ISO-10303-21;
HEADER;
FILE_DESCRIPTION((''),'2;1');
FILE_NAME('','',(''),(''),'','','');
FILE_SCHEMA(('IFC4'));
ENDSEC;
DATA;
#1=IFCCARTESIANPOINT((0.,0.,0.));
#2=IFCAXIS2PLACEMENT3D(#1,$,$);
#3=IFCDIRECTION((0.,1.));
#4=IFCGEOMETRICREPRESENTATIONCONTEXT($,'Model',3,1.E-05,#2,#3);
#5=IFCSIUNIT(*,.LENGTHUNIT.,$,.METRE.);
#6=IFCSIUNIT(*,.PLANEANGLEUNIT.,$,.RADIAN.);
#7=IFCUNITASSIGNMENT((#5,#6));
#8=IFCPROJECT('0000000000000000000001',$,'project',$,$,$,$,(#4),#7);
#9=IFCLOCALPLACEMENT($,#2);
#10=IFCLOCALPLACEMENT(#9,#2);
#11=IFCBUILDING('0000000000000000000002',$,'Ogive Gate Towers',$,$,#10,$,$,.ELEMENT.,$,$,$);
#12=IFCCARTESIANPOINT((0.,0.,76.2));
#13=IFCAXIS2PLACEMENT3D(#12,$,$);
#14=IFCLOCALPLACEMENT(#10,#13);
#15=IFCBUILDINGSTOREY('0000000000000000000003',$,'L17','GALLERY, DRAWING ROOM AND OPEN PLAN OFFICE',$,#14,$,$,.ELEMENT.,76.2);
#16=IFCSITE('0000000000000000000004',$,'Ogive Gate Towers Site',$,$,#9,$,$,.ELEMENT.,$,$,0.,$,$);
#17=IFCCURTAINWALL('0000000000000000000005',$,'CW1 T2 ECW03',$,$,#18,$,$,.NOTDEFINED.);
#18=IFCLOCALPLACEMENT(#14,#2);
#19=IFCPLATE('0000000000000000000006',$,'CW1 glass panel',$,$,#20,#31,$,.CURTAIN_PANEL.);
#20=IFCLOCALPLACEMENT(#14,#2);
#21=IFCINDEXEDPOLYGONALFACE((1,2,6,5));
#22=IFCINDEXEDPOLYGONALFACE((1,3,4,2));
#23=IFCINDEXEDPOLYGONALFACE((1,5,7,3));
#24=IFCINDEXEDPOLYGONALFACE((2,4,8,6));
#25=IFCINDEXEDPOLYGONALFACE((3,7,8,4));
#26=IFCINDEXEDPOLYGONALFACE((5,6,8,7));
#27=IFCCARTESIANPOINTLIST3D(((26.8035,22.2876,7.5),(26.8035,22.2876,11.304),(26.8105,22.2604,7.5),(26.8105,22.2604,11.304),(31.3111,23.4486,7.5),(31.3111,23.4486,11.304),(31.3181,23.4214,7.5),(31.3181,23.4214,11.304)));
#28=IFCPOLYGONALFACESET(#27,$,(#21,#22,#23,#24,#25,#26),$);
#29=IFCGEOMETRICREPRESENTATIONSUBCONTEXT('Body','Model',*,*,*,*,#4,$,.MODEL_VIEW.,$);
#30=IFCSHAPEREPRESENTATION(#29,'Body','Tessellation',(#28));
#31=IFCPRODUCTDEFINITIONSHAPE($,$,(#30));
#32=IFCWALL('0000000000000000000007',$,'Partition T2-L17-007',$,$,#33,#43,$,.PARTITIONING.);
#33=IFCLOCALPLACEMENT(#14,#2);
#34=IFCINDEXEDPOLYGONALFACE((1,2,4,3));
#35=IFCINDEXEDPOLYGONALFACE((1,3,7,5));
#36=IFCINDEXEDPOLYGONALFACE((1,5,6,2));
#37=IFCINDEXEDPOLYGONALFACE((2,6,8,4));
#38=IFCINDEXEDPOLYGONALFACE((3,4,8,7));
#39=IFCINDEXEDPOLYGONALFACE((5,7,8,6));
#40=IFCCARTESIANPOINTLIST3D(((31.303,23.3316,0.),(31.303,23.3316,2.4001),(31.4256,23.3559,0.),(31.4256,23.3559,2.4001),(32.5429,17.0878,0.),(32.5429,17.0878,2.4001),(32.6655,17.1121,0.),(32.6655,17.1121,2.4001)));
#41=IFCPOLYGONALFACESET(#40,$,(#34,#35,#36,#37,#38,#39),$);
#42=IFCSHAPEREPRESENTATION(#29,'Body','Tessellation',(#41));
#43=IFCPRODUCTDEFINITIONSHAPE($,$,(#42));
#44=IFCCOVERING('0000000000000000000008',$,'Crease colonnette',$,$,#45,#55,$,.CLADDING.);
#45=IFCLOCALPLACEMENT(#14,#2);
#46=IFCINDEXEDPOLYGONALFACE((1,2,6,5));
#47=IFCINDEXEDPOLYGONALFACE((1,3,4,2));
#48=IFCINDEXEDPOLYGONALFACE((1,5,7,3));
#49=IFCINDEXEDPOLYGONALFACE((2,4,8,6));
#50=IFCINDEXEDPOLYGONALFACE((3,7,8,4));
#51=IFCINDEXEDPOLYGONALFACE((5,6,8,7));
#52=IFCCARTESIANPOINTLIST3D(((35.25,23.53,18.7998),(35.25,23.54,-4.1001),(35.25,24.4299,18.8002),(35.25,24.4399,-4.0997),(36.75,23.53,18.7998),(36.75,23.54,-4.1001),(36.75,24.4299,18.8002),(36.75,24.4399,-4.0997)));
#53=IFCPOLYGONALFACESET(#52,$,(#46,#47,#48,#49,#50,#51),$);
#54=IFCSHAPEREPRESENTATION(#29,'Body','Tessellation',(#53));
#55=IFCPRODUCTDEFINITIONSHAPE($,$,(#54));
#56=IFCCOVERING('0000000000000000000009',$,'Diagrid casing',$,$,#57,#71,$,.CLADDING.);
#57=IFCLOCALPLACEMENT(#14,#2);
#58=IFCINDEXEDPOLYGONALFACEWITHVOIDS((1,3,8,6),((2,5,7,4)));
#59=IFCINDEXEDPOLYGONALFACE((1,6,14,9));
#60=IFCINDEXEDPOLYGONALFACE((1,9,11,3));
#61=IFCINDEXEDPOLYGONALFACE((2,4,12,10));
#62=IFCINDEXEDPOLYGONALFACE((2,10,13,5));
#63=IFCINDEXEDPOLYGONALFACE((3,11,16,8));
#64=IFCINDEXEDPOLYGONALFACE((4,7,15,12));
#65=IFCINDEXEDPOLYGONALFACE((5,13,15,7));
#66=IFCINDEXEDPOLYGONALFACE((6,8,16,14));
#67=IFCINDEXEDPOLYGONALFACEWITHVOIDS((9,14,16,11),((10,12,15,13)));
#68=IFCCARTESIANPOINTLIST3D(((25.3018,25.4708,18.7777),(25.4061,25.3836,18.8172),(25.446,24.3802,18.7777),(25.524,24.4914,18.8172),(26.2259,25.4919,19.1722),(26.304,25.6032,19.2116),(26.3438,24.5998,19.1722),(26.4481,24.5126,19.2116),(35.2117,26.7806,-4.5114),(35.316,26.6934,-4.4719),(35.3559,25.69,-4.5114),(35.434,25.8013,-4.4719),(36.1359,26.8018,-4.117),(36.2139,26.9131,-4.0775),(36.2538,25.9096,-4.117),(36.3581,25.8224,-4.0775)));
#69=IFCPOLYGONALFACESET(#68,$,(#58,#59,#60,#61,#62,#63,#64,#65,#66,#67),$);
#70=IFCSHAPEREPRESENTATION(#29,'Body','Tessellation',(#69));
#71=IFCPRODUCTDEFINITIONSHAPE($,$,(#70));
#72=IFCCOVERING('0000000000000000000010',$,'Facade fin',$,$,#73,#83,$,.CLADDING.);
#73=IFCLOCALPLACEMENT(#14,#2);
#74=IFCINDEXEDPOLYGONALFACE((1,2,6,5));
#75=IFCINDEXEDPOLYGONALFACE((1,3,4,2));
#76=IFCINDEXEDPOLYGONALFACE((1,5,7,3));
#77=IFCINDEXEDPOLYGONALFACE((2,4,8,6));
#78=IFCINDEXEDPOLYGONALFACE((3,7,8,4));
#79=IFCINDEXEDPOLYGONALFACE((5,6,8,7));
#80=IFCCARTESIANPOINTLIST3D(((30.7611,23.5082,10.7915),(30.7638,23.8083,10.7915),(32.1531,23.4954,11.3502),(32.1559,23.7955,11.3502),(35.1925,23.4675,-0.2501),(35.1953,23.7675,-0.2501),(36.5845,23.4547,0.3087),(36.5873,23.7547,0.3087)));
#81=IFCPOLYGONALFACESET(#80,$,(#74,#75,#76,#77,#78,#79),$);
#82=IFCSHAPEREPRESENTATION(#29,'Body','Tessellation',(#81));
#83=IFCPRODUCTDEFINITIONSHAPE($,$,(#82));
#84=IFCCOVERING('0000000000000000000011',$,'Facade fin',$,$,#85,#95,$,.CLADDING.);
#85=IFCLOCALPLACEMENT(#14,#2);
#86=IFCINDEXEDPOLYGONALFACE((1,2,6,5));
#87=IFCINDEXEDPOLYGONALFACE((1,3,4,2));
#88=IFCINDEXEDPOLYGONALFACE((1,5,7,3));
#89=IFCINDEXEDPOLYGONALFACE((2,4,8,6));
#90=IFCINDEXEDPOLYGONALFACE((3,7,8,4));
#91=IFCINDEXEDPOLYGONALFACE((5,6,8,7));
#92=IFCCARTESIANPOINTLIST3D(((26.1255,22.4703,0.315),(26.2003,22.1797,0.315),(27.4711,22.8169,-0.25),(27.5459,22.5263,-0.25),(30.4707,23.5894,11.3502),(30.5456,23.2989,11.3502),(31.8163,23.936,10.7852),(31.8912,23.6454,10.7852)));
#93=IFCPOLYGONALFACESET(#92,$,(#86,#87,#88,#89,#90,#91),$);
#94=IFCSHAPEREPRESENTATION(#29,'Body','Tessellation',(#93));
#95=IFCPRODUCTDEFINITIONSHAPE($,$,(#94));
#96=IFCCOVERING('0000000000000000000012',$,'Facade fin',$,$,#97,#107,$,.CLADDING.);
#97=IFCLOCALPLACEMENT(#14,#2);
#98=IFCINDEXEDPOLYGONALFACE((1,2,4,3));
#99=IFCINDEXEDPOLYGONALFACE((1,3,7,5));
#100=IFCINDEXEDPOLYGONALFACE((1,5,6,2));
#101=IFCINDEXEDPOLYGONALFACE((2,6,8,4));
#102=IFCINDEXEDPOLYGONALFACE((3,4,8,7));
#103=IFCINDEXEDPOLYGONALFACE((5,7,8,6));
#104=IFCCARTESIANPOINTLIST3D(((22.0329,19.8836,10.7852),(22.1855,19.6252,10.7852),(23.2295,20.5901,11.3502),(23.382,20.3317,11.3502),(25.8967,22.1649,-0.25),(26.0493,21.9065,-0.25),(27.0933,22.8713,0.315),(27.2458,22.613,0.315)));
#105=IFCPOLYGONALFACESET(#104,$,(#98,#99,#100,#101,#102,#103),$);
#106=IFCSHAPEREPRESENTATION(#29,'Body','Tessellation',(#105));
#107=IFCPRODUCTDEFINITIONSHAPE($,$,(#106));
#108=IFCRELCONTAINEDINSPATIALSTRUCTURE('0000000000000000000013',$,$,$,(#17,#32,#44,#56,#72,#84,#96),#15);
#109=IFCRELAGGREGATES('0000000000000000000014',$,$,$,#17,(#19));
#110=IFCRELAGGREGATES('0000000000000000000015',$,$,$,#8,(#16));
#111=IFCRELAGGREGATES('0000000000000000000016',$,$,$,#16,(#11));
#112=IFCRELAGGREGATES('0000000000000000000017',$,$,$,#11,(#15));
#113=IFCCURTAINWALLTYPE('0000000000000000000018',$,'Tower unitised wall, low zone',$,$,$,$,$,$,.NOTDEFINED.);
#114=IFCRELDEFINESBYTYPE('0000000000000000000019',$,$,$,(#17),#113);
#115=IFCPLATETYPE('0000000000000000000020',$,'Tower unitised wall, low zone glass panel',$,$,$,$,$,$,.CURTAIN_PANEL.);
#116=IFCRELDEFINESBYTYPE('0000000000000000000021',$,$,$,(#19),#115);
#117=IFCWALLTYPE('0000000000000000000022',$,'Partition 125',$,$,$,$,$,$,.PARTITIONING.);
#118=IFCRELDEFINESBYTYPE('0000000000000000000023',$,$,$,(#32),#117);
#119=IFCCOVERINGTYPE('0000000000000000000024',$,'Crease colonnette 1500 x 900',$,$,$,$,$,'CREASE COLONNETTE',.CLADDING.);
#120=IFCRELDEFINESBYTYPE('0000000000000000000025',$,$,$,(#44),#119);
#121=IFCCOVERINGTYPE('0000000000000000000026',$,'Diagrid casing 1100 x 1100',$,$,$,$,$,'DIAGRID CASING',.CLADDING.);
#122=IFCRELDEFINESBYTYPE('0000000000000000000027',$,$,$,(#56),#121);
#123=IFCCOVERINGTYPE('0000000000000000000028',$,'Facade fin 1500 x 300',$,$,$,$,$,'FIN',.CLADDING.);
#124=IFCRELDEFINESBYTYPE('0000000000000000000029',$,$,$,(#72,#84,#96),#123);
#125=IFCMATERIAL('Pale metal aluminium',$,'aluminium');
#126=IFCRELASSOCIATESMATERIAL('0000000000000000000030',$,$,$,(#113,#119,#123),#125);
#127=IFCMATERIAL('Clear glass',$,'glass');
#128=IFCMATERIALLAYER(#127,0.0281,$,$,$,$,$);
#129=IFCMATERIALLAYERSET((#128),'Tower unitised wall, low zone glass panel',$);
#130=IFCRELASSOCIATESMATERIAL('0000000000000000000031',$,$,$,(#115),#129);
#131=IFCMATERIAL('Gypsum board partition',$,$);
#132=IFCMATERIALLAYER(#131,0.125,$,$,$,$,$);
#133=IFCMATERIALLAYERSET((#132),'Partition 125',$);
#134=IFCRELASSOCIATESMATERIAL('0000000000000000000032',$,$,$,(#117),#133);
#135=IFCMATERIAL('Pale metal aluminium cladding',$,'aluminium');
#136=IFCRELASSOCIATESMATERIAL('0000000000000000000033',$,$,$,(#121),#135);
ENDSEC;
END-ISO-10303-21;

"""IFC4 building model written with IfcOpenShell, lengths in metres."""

from ifc_helpers import new_model, si_unit, direction, frame, frame_2d, origin, origin_2d, place, context, subcontext, project, spatial, rectangle, hollow_rectangle, extrude, material, layer, layer_set, material_profile, profile_set, type_object, element, aggregate, save


model = new_model("IFC4")

# Units and contexts
model_context = context("Model", 3, precision=1e-05, world=origin(), true_north=direction((0.0, 1.0)))
body_context = subcontext(model_context, "Body", "Model", "MODEL_VIEW")
ifc_project = project(units=[si_unit("LENGTHUNIT", "METRE"), si_unit("PLANEANGLEUNIT", "RADIAN")], contexts=[model_context])

# Site, building, storey
site_placement = place(None, origin())
site = spatial("IfcSite", under=ifc_project, at=site_placement, Name="Ogive Gate Towers Site", CompositionType="ELEMENT", RefElevation=0.0)
building_placement = place(site_placement, origin())
building = spatial("IfcBuilding", under=site, at=building_placement, Name="Ogive Gate Towers", CompositionType="ELEMENT")
storey_placement = place(building_placement, frame((0.0, 0.0, 76.2)))
storey = spatial("IfcBuildingStorey", under=building, at=storey_placement, Name="L17", Description="GALLERY, DRAWING ROOM AND OPEN PLAN OFFICE", CompositionType="ELEMENT", Elevation=76.2)

# Curtain wall, plate
ifc_material_1 = material(Name="Pale metal aluminium", Category="aluminium")
curtain_wall_type = type_object("IfcCurtainWallType", Name="Tower unitised wall, low zone", PredefinedType="NOTDEFINED", material=ifc_material_1)
curtain_wall_placement = place(storey_placement, origin())
curtain_wall = element("IfcCurtainWall", 1, at=curtain_wall_placement, inside=storey, type_object=curtain_wall_type, Name="CW1 T2 ECW03", PredefinedType="NOTDEFINED")
ifc_material_2 = material(Name="Clear glass", Category="glass")
ifc_layer_1 = layer(ifc_material_2, 0.0281)
ifc_layer_set_1 = layer_set([ifc_layer_1], Name="Tower unitised wall, low zone glass panel")
plate_type = type_object("IfcPlateType", Name="Tower unitised wall, low zone glass panel", PredefinedType="CURTAIN_PANEL", material=ifc_layer_set_1)
plate_1_placement = place(storey_placement, frame((29.0608, 22.8545, 7.5), z_axis=(0.0, 0.0, 1.0), x_axis=(-0.968396, -0.249417, 0.0)))
plate_1 = element("IfcPlate", 2, at=plate_1_placement, type_object=plate_type, Name="CW1 glass panel", PredefinedType="CURTAIN_PANEL", context=body_context, shape_type="SweptSolid", body=[
    extrude(rectangle(XDim=4.6548, YDim=0.0281, at=origin_2d()), origin(), (0.0, 0.0, 1.0), 3.804),
])
aggregate(curtain_wall, [plate_1])

# Wall
ifc_material_3 = material(Name="Gypsum board partition")
ifc_layer_2 = layer(ifc_material_3, 0.125)
ifc_layer_set_2 = layer_set([ifc_layer_2], Name="Partition 125")
wall_type = type_object("IfcWallType", Name="Partition 125", PredefinedType="PARTITIONING", material=ifc_layer_set_2)
wall_placement = place(storey_placement, frame((31.3643, 23.3438, 0.0), z_axis=(0.0, 0.0, 1.0), x_axis=(0.194788, -0.980845, 0.0)))
element("IfcWall", 3, at=wall_placement, inside=storey, type_object=wall_type, Name="Partition T2-L17-007", PredefinedType="PARTITIONING", context=body_context, shape_type="SweptSolid", body=[
    extrude(rectangle(XDim=6.3657, YDim=0.125, at=frame_2d((3.1829, 0.0))), origin(), (0.0, 0.0, 1.0), 2.4001),
])

# Coverings
ifc_material_profile_1 = material_profile(ifc_material_1, rectangle(XDim=1.5, YDim=0.8999, at=origin_2d()), Name="1500 x 900 pale metal aluminium")
ifc_profile_set_1 = profile_set([ifc_material_profile_1], Name="Pale metal aluminium")
covering_type_1 = type_object("IfcCoveringType", Name="Crease colonnette 1500 x 900", ElementType="CREASE COLONNETTE", PredefinedType="CLADDING", material=ifc_profile_set_1)
covering_1_placement = place(storey_placement, frame((36.0, 23.99, -4.0999), z_axis=(0.0, -0.000437, 1.0), x_axis=(1.0, 0.0, 0.0)))
element("IfcCovering", 4, at=covering_1_placement, inside=storey, type_object=covering_type_1, Name="Crease colonnette", PredefinedType="CLADDING", context=body_context, shape_type="SweptSolid", body=[
    extrude(rectangle(XDim=1.5, YDim=0.8999, at=origin_2d()), origin(), (0.0, 0.0, 1.0), 22.8999),
])
ifc_material_4 = material(Name="Pale metal aluminium cladding", Category="aluminium")
ifc_material_profile_2 = material_profile(ifc_material_4, hollow_rectangle(XDim=1.1001, YDim=1.1001, WallThickness=0.1001, at=origin_2d()), Name="1100 x 1100 pale metal casing")
ifc_profile_set_2 = profile_set([ifc_material_profile_2], Name="Pale metal aluminium cladding")
covering_type_2 = type_object("IfcCoveringType", Name="Diagrid casing 1100 x 1100", ElementType="DIAGRID CASING", PredefinedType="CLADDING", material=ifc_profile_set_2)
covering_2_placement = place(storey_placement, frame((35.7849, 26.3015, -4.2944), z_axis=(-0.391021, -0.051682, 0.91893), x_axis=(0.131033, -0.991378, 0.0)))
element("IfcCovering", 5, at=covering_2_placement, inside=storey, type_object=covering_type_2, Name="Diagrid casing", PredefinedType="CLADDING", context=body_context, shape_type="SweptSolid", body=[
    extrude(hollow_rectangle(XDim=1.1001, YDim=1.1001, WallThickness=0.1001, at=origin_2d()), origin(), (0.0, 0.0, 1.0), 25.3438),
])
ifc_material_profile_3 = material_profile(ifc_material_1, rectangle(XDim=0.3, YDim=1.5, at=origin_2d()), Name="1500 x 300 pale metal aluminium")
ifc_profile_set_3 = profile_set([ifc_material_profile_3], Name="Pale metal aluminium")
covering_type_3 = type_object("IfcCoveringType", Name="Facade fin 1500 x 300", ElementType="FIN", PredefinedType="CLADDING", material=ifc_profile_set_3)
covering_3_placement = place(storey_placement, frame((35.8899, 23.6111, 0.0293), z_axis=(-0.37246, 0.003427, 0.928042), x_axis=(-0.0092, -0.999958, 0.0)))
element("IfcCovering", 6, at=covering_3_placement, inside=storey, type_object=covering_type_3, Name="Facade fin", PredefinedType="CLADDING", context=body_context, shape_type="SweptSolid", body=[
    extrude(rectangle(XDim=0.3, YDim=1.5, at=origin_2d()), origin(), (0.0, 0.0, 1.0), 11.8977),
])
for number, where, z_axis, x_axis, name in (
    (7, (26.8357, 22.4983, 0.0325), (0.36476, 0.093947, 0.92635), (-0.249417, 0.968396, 0.0), "Facade fin"),
    (8, (26.5713, 22.3889, 0.0325), (-0.324346, -0.191501, 0.926352), (0.508418, -0.861111, 0.0), "Facade fin"),
):
    element("IfcCovering", number, at=place(storey_placement, frame(where, z_axis=z_axis, x_axis=x_axis)), inside=storey, type_object=covering_type_3, Name=name, PredefinedType="CLADDING", context=body_context, shape_type="SweptSolid", body=[
        extrude(rectangle(XDim=0.3, YDim=1.5, at=origin_2d()), origin(), (0.0, 0.0, 1.0), 11.9126),
    ])

save(model, "model.ifc")
